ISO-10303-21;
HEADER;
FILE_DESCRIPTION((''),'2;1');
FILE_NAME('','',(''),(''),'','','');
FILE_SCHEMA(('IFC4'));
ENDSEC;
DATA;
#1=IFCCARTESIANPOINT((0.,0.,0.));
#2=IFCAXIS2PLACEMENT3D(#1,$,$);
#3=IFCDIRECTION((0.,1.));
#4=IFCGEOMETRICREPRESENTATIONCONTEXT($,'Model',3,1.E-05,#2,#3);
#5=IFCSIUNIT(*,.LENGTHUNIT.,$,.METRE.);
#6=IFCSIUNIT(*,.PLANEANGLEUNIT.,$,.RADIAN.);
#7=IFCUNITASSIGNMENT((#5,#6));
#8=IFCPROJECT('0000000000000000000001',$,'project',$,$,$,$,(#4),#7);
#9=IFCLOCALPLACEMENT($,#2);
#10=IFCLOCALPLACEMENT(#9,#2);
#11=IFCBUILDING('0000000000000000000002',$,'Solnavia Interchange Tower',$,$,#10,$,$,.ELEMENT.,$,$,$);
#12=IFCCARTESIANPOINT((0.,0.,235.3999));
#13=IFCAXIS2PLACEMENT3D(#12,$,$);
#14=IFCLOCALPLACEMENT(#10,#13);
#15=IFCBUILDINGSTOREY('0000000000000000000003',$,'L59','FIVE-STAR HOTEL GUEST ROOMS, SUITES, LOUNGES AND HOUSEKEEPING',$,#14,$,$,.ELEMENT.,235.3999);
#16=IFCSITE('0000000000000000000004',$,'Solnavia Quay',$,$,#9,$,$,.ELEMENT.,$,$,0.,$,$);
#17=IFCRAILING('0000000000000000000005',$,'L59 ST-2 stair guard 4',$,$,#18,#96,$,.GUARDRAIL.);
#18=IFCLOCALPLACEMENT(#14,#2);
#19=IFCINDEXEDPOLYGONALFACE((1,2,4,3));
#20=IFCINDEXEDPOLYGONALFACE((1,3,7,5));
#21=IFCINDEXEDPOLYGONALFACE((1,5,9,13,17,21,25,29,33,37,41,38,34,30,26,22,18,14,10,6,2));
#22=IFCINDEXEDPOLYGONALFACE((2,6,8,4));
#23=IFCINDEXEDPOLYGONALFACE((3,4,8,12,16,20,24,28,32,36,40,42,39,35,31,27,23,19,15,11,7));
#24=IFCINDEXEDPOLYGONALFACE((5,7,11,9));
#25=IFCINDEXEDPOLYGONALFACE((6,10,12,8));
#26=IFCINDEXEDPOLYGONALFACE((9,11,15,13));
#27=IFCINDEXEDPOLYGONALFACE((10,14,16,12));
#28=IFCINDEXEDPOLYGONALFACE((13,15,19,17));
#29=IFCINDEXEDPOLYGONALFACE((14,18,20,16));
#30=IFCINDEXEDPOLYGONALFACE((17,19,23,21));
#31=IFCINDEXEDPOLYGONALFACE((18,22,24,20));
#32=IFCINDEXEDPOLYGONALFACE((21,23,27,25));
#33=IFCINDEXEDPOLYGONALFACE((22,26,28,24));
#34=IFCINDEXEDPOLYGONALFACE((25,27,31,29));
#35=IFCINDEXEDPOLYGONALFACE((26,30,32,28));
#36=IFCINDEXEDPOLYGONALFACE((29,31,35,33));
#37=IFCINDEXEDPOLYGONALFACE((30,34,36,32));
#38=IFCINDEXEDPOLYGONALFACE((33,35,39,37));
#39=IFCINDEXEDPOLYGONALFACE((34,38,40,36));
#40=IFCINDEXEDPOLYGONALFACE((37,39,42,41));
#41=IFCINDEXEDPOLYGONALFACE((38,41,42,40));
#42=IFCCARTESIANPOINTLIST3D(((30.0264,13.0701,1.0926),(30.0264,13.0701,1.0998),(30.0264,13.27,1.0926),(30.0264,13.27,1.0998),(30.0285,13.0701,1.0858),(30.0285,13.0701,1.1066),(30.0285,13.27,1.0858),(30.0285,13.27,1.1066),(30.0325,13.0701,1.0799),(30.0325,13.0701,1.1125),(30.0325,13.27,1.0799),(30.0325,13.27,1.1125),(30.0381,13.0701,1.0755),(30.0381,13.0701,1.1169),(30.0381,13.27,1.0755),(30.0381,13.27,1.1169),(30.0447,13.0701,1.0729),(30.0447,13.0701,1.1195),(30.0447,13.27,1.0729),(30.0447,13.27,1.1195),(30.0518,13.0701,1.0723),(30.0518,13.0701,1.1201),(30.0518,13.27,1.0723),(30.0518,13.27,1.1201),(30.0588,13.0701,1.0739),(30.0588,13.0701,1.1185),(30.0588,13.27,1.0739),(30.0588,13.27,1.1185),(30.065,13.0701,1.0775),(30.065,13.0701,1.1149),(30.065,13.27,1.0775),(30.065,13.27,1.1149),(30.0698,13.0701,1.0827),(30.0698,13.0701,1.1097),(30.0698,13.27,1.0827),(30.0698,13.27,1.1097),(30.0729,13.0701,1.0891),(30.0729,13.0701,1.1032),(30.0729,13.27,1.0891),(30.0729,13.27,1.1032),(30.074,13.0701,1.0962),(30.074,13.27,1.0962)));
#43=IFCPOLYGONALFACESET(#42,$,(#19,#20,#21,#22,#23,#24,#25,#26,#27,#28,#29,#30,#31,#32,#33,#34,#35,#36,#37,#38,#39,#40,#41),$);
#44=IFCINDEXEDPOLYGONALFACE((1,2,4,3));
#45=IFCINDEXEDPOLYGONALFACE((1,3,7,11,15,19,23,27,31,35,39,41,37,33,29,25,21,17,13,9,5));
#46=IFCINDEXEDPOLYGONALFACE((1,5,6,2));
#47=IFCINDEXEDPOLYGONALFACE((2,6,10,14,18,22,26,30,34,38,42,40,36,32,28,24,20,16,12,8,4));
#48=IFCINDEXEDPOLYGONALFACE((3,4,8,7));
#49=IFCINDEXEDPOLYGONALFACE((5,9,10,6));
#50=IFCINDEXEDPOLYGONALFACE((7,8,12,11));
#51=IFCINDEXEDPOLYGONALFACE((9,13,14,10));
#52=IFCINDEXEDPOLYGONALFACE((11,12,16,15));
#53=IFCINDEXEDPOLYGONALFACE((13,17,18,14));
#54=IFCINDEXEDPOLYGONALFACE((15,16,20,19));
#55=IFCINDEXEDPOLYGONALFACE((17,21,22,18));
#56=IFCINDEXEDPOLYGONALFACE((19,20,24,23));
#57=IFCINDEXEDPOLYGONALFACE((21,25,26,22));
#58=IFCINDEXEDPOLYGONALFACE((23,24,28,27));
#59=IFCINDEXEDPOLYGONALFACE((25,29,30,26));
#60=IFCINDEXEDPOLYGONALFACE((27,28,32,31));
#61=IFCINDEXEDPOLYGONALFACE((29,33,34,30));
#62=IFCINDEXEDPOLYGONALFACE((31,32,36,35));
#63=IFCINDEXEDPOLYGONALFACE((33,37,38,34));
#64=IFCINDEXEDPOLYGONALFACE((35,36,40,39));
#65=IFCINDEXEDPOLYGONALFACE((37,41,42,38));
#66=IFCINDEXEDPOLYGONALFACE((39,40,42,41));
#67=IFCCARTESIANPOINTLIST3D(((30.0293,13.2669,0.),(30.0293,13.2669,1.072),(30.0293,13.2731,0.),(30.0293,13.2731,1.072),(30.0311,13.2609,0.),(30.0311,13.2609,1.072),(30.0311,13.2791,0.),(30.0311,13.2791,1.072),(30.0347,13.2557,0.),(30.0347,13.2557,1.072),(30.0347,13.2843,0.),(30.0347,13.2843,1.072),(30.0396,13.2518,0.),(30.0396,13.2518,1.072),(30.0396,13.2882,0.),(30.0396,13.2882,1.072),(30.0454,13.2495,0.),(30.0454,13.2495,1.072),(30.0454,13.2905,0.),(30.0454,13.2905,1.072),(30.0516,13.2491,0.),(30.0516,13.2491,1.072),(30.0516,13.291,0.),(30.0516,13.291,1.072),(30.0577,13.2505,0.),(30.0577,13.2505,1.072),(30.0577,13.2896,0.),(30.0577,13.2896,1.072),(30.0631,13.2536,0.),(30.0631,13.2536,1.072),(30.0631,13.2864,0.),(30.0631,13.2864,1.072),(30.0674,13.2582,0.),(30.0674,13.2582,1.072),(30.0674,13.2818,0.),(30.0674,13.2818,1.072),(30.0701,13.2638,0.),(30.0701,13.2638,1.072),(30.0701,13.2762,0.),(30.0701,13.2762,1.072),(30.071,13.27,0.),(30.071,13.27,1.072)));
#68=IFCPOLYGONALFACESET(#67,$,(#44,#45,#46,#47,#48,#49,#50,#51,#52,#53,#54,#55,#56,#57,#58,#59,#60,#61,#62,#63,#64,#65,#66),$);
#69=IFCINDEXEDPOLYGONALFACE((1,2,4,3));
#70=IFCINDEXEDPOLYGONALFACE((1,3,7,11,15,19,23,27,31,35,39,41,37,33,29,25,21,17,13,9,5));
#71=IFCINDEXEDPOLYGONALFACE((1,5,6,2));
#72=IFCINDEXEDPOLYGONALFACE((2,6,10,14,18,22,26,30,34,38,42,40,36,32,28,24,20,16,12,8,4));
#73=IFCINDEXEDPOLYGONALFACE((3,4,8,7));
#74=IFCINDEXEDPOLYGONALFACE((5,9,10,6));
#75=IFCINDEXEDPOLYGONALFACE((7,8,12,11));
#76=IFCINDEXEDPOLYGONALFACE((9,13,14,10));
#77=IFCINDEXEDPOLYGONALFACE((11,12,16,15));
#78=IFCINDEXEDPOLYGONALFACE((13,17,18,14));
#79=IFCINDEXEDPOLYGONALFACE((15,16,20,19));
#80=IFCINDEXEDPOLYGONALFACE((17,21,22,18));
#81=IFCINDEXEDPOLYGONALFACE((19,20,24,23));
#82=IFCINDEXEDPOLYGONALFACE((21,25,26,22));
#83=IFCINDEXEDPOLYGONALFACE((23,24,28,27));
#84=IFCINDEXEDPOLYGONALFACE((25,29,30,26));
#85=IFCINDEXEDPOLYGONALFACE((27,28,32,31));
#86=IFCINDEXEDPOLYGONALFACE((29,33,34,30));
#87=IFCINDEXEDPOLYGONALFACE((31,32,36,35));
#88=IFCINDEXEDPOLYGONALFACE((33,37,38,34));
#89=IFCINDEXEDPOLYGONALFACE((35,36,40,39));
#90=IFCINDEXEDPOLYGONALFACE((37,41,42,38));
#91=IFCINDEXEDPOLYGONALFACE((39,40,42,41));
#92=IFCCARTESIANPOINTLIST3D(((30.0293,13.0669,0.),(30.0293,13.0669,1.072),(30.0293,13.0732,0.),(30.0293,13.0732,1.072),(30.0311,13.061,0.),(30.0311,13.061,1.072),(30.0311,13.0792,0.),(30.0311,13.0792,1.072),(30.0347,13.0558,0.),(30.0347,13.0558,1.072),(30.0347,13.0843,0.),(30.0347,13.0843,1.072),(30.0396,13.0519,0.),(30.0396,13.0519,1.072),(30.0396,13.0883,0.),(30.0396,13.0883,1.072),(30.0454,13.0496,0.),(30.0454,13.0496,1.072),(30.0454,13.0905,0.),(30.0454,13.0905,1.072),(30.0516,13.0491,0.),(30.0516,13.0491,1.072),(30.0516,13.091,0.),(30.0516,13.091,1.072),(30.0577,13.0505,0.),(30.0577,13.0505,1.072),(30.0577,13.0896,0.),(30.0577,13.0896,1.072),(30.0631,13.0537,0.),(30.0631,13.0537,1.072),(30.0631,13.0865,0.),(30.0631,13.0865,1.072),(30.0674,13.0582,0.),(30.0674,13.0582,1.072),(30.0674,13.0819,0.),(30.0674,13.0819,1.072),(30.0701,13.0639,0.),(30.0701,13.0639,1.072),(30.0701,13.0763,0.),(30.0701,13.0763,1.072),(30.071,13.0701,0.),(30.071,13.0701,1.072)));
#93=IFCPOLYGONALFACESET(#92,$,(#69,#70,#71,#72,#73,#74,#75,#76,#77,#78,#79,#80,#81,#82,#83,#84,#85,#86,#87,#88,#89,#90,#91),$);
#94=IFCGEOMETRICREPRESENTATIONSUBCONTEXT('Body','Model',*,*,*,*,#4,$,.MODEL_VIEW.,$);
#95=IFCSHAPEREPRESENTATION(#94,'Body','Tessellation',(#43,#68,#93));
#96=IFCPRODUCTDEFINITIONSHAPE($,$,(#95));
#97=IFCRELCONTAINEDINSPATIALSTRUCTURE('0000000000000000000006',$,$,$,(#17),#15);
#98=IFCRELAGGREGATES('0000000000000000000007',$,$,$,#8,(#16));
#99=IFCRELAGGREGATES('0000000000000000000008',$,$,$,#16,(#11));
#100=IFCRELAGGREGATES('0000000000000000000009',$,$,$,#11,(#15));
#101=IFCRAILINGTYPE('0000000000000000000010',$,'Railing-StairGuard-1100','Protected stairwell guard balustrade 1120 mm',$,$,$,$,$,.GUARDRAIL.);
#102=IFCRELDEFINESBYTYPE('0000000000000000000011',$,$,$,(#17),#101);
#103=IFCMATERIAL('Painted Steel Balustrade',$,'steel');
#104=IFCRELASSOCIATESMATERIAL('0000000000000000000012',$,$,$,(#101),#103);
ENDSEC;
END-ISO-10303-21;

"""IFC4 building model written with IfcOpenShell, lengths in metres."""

from ifc_helpers import new_model, si_unit, direction, frame, origin, origin_2d, place, context, subcontext, project, spatial, circle, extrude, material, type_object, element, save


model = new_model("IFC4")

# Units and contexts
model_context = context("Model", 3, precision=1e-05, world=origin(), true_north=direction((0.0, 1.0)))
body_context = subcontext(model_context, "Body", "Model", "MODEL_VIEW")
ifc_project = project(units=[si_unit("LENGTHUNIT", "METRE"), si_unit("PLANEANGLEUNIT", "RADIAN")], contexts=[model_context])

# Site, building, storey
site_placement = place(None, origin())
site = spatial("IfcSite", under=ifc_project, at=site_placement, Name="Solnavia Quay", CompositionType="ELEMENT", RefElevation=0.0)
building_placement = place(site_placement, origin())
building = spatial("IfcBuilding", under=site, at=building_placement, Name="Solnavia Interchange Tower", CompositionType="ELEMENT")
storey_placement = place(building_placement, frame((0.0, 0.0, 235.3999)))
storey = spatial("IfcBuildingStorey", under=building, at=storey_placement, Name="L59", Description="FIVE-STAR HOTEL GUEST ROOMS, SUITES, LOUNGES AND HOUSEKEEPING", CompositionType="ELEMENT", Elevation=235.3999)

# Railing
ifc_material_1 = material(Name="Painted Steel Balustrade", Category="steel")
railing_type_1 = type_object("IfcRailingType", Name="Railing-StairGuard-1100", Description="Protected stairwell guard balustrade 1120 mm", PredefinedType="GUARDRAIL", material=ifc_material_1)
railing_1_placement = place(storey_placement, frame((30.05, 13.27, 0.0)))
element("IfcRailing", 1, at=railing_1_placement, inside=storey, type_object=railing_type_1, Name="L59 ST-2 stair guard 4", PredefinedType="GUARDRAIL", context=body_context, shape_type="SweptSolid", body=[
    extrude(circle(Radius=0.0239, at=origin_2d()), frame((0.0, 0.0, 1.0962), z_axis=(0.0, -1.0, 0.0), x_axis=(1.0, 0.0, 0.0)), (0.0, 0.0, 1.0), 0.2),
    extrude(circle(Radius=0.021, at=origin_2d()), origin(), (0.0, 0.0, 1.0), 1.072),
    extrude(circle(Radius=0.021, at=origin_2d()), frame((0.0, -0.2, 0.0)), (0.0, 0.0, 1.0), 1.072),
])

save(model, "model.ifc")
